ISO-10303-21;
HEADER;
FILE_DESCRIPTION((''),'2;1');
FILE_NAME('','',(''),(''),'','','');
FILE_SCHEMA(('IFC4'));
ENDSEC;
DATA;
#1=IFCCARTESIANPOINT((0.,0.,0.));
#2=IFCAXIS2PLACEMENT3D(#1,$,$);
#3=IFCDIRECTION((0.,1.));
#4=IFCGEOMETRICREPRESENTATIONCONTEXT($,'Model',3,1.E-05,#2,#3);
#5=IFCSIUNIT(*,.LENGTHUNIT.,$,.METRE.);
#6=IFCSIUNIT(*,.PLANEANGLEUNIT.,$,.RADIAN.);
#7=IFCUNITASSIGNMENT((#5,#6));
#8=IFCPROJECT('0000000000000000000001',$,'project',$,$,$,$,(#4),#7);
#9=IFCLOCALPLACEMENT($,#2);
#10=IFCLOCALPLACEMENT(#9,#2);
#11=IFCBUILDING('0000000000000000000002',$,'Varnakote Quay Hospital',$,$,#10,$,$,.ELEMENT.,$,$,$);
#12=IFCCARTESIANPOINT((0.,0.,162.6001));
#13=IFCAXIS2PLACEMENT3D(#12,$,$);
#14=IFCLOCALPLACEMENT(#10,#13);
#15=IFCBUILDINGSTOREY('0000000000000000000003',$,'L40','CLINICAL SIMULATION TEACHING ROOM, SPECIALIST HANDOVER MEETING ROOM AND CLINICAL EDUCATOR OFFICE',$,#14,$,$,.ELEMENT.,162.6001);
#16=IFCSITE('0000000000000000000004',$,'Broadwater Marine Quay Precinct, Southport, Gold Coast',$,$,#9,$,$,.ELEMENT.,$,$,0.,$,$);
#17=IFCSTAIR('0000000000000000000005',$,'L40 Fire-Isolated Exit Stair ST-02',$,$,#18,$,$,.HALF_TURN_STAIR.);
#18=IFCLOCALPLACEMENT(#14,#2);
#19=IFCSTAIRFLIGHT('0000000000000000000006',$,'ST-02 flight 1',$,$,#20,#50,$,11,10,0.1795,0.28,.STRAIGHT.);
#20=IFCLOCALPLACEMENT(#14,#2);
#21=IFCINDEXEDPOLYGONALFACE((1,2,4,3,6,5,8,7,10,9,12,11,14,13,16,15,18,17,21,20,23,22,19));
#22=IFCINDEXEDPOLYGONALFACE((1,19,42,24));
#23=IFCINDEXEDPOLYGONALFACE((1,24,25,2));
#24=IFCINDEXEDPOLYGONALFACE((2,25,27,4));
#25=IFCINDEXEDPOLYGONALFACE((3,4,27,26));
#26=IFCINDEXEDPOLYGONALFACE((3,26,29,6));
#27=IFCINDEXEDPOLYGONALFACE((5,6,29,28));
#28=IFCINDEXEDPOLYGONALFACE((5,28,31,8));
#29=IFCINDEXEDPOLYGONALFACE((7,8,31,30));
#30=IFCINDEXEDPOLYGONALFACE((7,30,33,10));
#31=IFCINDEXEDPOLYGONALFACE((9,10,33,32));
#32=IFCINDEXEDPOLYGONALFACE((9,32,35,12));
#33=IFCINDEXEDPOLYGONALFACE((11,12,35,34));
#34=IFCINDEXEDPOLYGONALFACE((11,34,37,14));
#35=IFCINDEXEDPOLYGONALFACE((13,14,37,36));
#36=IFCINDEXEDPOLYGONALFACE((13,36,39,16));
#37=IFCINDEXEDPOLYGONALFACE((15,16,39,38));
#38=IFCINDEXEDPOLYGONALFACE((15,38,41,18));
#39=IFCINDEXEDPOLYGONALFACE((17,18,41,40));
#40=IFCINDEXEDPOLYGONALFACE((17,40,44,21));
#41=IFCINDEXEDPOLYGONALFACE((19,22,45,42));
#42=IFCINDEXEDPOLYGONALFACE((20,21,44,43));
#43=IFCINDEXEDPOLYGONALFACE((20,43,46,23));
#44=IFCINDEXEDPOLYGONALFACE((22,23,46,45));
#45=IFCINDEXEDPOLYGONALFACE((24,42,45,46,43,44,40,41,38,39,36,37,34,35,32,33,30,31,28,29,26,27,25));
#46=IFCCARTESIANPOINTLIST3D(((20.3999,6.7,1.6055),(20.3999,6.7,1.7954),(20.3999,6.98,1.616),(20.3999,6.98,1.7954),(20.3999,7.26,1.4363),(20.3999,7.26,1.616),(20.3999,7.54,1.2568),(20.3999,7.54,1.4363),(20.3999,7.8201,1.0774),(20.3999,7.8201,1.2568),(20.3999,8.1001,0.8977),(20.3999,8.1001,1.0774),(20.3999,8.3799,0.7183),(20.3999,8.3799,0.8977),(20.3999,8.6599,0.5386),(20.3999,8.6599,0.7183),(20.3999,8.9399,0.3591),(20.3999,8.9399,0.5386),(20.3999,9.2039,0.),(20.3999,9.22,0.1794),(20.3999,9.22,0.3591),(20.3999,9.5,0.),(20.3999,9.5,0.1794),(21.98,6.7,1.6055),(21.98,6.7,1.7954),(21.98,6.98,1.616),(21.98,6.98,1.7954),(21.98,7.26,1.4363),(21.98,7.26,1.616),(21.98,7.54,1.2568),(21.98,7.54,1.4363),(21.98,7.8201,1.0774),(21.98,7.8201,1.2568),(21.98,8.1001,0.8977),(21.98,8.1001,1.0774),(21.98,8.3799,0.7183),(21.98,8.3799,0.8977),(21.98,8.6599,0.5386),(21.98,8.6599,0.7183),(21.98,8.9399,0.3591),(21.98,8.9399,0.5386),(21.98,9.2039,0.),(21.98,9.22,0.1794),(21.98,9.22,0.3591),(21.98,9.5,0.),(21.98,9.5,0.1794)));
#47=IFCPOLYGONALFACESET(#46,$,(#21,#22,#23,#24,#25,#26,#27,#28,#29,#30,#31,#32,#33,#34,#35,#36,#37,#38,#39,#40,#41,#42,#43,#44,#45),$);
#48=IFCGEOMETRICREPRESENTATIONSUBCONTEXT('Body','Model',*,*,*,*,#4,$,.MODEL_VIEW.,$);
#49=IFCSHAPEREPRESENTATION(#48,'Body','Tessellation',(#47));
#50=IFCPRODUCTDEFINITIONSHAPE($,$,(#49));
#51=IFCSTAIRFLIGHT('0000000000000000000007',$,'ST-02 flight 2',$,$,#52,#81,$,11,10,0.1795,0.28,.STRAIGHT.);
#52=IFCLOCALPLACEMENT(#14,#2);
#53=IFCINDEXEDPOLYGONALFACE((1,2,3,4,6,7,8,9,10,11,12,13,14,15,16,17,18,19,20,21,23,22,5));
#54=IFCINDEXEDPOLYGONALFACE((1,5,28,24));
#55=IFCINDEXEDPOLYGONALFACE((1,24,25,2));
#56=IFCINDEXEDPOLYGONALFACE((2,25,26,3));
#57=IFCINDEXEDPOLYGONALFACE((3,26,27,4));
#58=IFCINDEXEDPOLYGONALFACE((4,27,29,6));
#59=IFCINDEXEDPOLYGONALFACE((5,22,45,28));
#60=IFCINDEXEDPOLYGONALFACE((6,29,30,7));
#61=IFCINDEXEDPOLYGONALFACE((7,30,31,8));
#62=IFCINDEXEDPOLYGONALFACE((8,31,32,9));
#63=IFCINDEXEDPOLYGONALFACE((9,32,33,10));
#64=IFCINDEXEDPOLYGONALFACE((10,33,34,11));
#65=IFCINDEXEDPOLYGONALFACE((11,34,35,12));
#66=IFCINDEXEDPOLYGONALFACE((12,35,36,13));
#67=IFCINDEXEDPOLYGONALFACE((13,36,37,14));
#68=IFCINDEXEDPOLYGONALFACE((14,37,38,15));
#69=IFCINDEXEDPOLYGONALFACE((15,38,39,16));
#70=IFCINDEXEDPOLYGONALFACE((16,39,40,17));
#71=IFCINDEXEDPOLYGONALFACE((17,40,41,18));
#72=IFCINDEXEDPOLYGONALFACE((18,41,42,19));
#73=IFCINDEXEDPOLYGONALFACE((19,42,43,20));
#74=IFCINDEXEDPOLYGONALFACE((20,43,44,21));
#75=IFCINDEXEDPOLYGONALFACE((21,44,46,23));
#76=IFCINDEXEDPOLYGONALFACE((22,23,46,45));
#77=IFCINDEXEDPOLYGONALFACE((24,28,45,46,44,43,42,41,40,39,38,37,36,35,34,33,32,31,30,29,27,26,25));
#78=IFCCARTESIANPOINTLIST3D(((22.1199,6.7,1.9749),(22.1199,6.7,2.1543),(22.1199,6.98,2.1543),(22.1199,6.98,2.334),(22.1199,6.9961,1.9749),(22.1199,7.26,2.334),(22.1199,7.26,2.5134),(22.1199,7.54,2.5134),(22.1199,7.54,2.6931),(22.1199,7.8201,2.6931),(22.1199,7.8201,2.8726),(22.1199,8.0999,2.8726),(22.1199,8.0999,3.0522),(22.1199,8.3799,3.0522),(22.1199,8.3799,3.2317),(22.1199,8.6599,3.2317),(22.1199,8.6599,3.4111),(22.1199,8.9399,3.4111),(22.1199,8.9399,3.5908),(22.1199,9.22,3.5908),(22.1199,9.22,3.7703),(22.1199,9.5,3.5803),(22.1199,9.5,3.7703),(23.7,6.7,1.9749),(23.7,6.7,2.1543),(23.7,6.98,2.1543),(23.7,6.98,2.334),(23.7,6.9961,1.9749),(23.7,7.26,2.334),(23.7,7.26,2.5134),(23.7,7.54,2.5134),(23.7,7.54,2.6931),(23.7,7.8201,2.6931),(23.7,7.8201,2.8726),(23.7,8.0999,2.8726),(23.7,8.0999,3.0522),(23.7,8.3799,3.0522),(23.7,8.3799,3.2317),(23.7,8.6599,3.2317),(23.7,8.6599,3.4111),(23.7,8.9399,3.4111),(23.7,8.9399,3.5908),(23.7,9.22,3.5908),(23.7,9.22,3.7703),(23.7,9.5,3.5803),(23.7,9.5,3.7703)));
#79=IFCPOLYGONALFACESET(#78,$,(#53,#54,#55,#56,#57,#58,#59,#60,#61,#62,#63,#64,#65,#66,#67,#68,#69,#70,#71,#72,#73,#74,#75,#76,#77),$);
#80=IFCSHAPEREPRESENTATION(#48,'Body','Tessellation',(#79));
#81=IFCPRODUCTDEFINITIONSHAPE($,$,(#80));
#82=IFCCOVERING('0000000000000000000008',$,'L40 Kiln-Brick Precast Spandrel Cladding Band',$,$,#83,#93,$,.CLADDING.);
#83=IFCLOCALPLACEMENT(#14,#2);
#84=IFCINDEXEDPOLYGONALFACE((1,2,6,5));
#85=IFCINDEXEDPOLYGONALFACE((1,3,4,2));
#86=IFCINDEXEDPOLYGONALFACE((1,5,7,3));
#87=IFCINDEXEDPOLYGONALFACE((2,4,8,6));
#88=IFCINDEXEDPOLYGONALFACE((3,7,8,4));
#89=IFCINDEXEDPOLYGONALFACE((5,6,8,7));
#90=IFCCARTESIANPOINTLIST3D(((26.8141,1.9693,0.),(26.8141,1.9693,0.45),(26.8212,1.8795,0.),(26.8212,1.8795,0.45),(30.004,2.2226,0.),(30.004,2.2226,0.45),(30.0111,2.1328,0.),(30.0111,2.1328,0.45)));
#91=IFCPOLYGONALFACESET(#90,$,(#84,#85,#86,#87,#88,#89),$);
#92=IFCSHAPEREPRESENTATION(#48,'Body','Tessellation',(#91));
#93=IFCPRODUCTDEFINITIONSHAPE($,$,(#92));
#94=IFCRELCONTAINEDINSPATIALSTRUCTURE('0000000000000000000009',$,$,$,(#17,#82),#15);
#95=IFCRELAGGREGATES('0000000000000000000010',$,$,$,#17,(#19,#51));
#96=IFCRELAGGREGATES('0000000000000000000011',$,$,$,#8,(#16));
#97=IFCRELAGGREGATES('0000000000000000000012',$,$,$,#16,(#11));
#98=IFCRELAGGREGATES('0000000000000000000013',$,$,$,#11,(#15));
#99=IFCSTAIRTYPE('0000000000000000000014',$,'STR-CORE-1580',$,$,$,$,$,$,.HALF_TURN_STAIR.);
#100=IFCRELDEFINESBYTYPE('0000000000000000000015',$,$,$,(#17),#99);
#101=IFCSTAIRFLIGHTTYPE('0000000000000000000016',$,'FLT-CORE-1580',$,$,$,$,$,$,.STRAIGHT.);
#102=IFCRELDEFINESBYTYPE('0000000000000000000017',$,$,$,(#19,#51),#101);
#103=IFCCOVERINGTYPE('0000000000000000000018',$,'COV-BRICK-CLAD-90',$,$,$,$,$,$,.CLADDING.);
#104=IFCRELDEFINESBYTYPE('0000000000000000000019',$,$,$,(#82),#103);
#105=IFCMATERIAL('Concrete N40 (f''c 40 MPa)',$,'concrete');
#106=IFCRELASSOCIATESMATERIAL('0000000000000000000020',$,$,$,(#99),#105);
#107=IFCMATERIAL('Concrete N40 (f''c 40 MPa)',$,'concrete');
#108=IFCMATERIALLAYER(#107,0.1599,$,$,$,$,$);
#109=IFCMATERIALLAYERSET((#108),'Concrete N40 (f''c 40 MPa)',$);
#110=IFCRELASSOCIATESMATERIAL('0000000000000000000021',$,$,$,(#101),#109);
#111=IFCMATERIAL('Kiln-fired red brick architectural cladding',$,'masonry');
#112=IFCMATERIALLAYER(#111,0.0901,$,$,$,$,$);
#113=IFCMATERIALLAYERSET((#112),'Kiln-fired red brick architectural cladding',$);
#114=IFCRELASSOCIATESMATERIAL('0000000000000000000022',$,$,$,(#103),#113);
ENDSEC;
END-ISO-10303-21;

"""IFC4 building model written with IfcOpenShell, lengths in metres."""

from ifc_helpers import new_model, si_unit, direction, frame, origin, origin_2d, place, context, subcontext, project, spatial, polyline, rectangle, outline, extrude, material, layer, layer_set, type_object, element, aggregate, save


model = new_model("IFC4")

# Units and contexts
model_context = context("Model", 3, precision=1e-05, world=origin(), true_north=direction((0.0, 1.0)))
body_context = subcontext(model_context, "Body", "Model", "MODEL_VIEW")
ifc_project = project(units=[si_unit("LENGTHUNIT", "METRE"), si_unit("PLANEANGLEUNIT", "RADIAN")], contexts=[model_context])

# Site, building, storey
site_placement = place(None, origin())
site = spatial("IfcSite", under=ifc_project, at=site_placement, Name="Broadwater Marine Quay Precinct, Southport, Gold Coast", CompositionType="ELEMENT", RefElevation=0.0)
building_placement = place(site_placement, origin())
building = spatial("IfcBuilding", under=site, at=building_placement, Name="Varnakote Quay Hospital", CompositionType="ELEMENT")
storey_placement = place(building_placement, frame((0.0, 0.0, 162.6001)))
storey = spatial("IfcBuildingStorey", under=building, at=storey_placement, Name="L40", Description="CLINICAL SIMULATION TEACHING ROOM, SPECIALIST HANDOVER MEETING ROOM AND CLINICAL EDUCATOR OFFICE", CompositionType="ELEMENT", Elevation=162.6001)

# Stair, stair flights
ifc_material_1 = material(Name="Concrete N40 (f'c 40 MPa)", Category="concrete")
stair_type = type_object("IfcStairType", Name="STR-CORE-1580", PredefinedType="HALF_TURN_STAIR", material=ifc_material_1)
stair_placement = place(storey_placement, origin())
stair = element("IfcStair", 1, at=stair_placement, inside=storey, type_object=stair_type, Name="L40 Fire-Isolated Exit Stair ST-02", PredefinedType="HALF_TURN_STAIR")
ifc_material_2 = material(Name="Concrete N40 (f'c 40 MPa)", Category="concrete")
ifc_layer_1 = layer(ifc_material_2, 0.1599)
ifc_layer_set_1 = layer_set([ifc_layer_1], Name="Concrete N40 (f'c 40 MPa)")
stair_flight_type = type_object("IfcStairFlightType", Name="FLT-CORE-1580", PredefinedType="STRAIGHT", material=ifc_layer_set_1)
stair_flight_1_placement = place(storey_placement, frame((21.1899, 9.5, 0.0), z_axis=(0.0, 0.0, 1.0), x_axis=(0.0, -1.0, 0.0)))
stair_flight_1 = element("IfcStairFlight", 2, at=stair_flight_1_placement, type_object=stair_flight_type, Name="ST-02 flight 1", NumberOfRisers=11, NumberOfTreads=10, PredefinedType="STRAIGHT", RiserHeight=0.1795, TreadLength=0.28, context=body_context, shape_type="SweptSolid", body=[
    extrude(outline(polyline([(0.0, 0.0), (0.0, 0.1794), (0.28, 0.1794), (0.28, 0.3591), (0.5601, 0.3591), (0.5601, 0.5386), (0.8401, 0.5386), (0.8401, 0.7183), (1.1201, 0.7183), (1.1201, 0.8977), (1.3999, 0.8977), (1.3999, 1.0774), (1.6799, 1.0774), (1.6799, 1.2568), (1.96, 1.2568), (1.96, 1.4363), (2.24, 1.4363), (2.24, 1.616), (2.52, 1.616), (2.52, 1.7954), (2.8, 1.7954), (2.8, 1.9751), (2.8, 1.6055), (0.2961, 0.0), (0.0, 0.0)])), frame((0.0, 0.79, 0.0), z_axis=(0.0, -1.0, 0.0), x_axis=(1.0, 0.0, 0.0)), (0.0, 0.0, 1.0), 1.5801),
])
stair_flight_2_placement = place(storey_placement, frame((22.9099, 6.7, 1.9749), z_axis=(0.0, 0.0, 1.0), x_axis=(0.0, 1.0, 0.0)))
stair_flight_2 = element("IfcStairFlight", 3, at=stair_flight_2_placement, type_object=stair_flight_type, Name="ST-02 flight 2", NumberOfRisers=11, NumberOfTreads=10, PredefinedType="STRAIGHT", RiserHeight=0.1795, TreadLength=0.28, context=body_context, shape_type="SweptSolid", body=[
    extrude(outline(polyline([(0.0, 0.0), (0.0, 0.1794), (0.28, 0.1794), (0.28, 0.3591), (0.5601, 0.3591), (0.5601, 0.5386), (0.8401, 0.5386), (0.8401, 0.7183), (1.1201, 0.7183), (1.1201, 0.8977), (1.3999, 0.8977), (1.3999, 1.0774), (1.6799, 1.0774), (1.6799, 1.2568), (1.96, 1.2568), (1.96, 1.4363), (2.24, 1.4363), (2.24, 1.616), (2.52, 1.616), (2.52, 1.7954), (2.8, 1.7954), (2.8, 1.9751), (2.8, 1.6055), (0.2961, 0.0), (0.0, 0.0)])), frame((0.0, 0.79, 0.0), z_axis=(0.0, -1.0, 0.0), x_axis=(1.0, 0.0, 0.0)), (0.0, 0.0, 1.0), 1.5801),
])
aggregate(stair, [stair_flight_1, stair_flight_2])

# Covering
ifc_material_3 = material(Name="Kiln-fired red brick architectural cladding", Category="masonry")
ifc_layer_2 = layer(ifc_material_3, 0.0901)
ifc_layer_set_2 = layer_set([ifc_layer_2], Name="Kiln-fired red brick architectural cladding")
covering_type = type_object("IfcCoveringType", Name="COV-BRICK-CLAD-90", PredefinedType="CLADDING", material=ifc_layer_set_2)
covering_placement = place(storey_placement, frame((28.4126, 2.051, 0.0), z_axis=(0.0, 0.0, 1.0), x_axis=(0.996862, 0.079155, 0.0)))
element("IfcCovering", 4, at=covering_placement, inside=storey, type_object=covering_type, Name="L40 Kiln-Brick Precast Spandrel Cladding Band", PredefinedType="CLADDING", context=body_context, shape_type="SweptSolid", body=[
    extrude(rectangle(XDim=3.2, YDim=0.0901, at=origin_2d()), origin(), (0.0, 0.0, 1.0), 0.45),
])

save(model, "model.ifc")
